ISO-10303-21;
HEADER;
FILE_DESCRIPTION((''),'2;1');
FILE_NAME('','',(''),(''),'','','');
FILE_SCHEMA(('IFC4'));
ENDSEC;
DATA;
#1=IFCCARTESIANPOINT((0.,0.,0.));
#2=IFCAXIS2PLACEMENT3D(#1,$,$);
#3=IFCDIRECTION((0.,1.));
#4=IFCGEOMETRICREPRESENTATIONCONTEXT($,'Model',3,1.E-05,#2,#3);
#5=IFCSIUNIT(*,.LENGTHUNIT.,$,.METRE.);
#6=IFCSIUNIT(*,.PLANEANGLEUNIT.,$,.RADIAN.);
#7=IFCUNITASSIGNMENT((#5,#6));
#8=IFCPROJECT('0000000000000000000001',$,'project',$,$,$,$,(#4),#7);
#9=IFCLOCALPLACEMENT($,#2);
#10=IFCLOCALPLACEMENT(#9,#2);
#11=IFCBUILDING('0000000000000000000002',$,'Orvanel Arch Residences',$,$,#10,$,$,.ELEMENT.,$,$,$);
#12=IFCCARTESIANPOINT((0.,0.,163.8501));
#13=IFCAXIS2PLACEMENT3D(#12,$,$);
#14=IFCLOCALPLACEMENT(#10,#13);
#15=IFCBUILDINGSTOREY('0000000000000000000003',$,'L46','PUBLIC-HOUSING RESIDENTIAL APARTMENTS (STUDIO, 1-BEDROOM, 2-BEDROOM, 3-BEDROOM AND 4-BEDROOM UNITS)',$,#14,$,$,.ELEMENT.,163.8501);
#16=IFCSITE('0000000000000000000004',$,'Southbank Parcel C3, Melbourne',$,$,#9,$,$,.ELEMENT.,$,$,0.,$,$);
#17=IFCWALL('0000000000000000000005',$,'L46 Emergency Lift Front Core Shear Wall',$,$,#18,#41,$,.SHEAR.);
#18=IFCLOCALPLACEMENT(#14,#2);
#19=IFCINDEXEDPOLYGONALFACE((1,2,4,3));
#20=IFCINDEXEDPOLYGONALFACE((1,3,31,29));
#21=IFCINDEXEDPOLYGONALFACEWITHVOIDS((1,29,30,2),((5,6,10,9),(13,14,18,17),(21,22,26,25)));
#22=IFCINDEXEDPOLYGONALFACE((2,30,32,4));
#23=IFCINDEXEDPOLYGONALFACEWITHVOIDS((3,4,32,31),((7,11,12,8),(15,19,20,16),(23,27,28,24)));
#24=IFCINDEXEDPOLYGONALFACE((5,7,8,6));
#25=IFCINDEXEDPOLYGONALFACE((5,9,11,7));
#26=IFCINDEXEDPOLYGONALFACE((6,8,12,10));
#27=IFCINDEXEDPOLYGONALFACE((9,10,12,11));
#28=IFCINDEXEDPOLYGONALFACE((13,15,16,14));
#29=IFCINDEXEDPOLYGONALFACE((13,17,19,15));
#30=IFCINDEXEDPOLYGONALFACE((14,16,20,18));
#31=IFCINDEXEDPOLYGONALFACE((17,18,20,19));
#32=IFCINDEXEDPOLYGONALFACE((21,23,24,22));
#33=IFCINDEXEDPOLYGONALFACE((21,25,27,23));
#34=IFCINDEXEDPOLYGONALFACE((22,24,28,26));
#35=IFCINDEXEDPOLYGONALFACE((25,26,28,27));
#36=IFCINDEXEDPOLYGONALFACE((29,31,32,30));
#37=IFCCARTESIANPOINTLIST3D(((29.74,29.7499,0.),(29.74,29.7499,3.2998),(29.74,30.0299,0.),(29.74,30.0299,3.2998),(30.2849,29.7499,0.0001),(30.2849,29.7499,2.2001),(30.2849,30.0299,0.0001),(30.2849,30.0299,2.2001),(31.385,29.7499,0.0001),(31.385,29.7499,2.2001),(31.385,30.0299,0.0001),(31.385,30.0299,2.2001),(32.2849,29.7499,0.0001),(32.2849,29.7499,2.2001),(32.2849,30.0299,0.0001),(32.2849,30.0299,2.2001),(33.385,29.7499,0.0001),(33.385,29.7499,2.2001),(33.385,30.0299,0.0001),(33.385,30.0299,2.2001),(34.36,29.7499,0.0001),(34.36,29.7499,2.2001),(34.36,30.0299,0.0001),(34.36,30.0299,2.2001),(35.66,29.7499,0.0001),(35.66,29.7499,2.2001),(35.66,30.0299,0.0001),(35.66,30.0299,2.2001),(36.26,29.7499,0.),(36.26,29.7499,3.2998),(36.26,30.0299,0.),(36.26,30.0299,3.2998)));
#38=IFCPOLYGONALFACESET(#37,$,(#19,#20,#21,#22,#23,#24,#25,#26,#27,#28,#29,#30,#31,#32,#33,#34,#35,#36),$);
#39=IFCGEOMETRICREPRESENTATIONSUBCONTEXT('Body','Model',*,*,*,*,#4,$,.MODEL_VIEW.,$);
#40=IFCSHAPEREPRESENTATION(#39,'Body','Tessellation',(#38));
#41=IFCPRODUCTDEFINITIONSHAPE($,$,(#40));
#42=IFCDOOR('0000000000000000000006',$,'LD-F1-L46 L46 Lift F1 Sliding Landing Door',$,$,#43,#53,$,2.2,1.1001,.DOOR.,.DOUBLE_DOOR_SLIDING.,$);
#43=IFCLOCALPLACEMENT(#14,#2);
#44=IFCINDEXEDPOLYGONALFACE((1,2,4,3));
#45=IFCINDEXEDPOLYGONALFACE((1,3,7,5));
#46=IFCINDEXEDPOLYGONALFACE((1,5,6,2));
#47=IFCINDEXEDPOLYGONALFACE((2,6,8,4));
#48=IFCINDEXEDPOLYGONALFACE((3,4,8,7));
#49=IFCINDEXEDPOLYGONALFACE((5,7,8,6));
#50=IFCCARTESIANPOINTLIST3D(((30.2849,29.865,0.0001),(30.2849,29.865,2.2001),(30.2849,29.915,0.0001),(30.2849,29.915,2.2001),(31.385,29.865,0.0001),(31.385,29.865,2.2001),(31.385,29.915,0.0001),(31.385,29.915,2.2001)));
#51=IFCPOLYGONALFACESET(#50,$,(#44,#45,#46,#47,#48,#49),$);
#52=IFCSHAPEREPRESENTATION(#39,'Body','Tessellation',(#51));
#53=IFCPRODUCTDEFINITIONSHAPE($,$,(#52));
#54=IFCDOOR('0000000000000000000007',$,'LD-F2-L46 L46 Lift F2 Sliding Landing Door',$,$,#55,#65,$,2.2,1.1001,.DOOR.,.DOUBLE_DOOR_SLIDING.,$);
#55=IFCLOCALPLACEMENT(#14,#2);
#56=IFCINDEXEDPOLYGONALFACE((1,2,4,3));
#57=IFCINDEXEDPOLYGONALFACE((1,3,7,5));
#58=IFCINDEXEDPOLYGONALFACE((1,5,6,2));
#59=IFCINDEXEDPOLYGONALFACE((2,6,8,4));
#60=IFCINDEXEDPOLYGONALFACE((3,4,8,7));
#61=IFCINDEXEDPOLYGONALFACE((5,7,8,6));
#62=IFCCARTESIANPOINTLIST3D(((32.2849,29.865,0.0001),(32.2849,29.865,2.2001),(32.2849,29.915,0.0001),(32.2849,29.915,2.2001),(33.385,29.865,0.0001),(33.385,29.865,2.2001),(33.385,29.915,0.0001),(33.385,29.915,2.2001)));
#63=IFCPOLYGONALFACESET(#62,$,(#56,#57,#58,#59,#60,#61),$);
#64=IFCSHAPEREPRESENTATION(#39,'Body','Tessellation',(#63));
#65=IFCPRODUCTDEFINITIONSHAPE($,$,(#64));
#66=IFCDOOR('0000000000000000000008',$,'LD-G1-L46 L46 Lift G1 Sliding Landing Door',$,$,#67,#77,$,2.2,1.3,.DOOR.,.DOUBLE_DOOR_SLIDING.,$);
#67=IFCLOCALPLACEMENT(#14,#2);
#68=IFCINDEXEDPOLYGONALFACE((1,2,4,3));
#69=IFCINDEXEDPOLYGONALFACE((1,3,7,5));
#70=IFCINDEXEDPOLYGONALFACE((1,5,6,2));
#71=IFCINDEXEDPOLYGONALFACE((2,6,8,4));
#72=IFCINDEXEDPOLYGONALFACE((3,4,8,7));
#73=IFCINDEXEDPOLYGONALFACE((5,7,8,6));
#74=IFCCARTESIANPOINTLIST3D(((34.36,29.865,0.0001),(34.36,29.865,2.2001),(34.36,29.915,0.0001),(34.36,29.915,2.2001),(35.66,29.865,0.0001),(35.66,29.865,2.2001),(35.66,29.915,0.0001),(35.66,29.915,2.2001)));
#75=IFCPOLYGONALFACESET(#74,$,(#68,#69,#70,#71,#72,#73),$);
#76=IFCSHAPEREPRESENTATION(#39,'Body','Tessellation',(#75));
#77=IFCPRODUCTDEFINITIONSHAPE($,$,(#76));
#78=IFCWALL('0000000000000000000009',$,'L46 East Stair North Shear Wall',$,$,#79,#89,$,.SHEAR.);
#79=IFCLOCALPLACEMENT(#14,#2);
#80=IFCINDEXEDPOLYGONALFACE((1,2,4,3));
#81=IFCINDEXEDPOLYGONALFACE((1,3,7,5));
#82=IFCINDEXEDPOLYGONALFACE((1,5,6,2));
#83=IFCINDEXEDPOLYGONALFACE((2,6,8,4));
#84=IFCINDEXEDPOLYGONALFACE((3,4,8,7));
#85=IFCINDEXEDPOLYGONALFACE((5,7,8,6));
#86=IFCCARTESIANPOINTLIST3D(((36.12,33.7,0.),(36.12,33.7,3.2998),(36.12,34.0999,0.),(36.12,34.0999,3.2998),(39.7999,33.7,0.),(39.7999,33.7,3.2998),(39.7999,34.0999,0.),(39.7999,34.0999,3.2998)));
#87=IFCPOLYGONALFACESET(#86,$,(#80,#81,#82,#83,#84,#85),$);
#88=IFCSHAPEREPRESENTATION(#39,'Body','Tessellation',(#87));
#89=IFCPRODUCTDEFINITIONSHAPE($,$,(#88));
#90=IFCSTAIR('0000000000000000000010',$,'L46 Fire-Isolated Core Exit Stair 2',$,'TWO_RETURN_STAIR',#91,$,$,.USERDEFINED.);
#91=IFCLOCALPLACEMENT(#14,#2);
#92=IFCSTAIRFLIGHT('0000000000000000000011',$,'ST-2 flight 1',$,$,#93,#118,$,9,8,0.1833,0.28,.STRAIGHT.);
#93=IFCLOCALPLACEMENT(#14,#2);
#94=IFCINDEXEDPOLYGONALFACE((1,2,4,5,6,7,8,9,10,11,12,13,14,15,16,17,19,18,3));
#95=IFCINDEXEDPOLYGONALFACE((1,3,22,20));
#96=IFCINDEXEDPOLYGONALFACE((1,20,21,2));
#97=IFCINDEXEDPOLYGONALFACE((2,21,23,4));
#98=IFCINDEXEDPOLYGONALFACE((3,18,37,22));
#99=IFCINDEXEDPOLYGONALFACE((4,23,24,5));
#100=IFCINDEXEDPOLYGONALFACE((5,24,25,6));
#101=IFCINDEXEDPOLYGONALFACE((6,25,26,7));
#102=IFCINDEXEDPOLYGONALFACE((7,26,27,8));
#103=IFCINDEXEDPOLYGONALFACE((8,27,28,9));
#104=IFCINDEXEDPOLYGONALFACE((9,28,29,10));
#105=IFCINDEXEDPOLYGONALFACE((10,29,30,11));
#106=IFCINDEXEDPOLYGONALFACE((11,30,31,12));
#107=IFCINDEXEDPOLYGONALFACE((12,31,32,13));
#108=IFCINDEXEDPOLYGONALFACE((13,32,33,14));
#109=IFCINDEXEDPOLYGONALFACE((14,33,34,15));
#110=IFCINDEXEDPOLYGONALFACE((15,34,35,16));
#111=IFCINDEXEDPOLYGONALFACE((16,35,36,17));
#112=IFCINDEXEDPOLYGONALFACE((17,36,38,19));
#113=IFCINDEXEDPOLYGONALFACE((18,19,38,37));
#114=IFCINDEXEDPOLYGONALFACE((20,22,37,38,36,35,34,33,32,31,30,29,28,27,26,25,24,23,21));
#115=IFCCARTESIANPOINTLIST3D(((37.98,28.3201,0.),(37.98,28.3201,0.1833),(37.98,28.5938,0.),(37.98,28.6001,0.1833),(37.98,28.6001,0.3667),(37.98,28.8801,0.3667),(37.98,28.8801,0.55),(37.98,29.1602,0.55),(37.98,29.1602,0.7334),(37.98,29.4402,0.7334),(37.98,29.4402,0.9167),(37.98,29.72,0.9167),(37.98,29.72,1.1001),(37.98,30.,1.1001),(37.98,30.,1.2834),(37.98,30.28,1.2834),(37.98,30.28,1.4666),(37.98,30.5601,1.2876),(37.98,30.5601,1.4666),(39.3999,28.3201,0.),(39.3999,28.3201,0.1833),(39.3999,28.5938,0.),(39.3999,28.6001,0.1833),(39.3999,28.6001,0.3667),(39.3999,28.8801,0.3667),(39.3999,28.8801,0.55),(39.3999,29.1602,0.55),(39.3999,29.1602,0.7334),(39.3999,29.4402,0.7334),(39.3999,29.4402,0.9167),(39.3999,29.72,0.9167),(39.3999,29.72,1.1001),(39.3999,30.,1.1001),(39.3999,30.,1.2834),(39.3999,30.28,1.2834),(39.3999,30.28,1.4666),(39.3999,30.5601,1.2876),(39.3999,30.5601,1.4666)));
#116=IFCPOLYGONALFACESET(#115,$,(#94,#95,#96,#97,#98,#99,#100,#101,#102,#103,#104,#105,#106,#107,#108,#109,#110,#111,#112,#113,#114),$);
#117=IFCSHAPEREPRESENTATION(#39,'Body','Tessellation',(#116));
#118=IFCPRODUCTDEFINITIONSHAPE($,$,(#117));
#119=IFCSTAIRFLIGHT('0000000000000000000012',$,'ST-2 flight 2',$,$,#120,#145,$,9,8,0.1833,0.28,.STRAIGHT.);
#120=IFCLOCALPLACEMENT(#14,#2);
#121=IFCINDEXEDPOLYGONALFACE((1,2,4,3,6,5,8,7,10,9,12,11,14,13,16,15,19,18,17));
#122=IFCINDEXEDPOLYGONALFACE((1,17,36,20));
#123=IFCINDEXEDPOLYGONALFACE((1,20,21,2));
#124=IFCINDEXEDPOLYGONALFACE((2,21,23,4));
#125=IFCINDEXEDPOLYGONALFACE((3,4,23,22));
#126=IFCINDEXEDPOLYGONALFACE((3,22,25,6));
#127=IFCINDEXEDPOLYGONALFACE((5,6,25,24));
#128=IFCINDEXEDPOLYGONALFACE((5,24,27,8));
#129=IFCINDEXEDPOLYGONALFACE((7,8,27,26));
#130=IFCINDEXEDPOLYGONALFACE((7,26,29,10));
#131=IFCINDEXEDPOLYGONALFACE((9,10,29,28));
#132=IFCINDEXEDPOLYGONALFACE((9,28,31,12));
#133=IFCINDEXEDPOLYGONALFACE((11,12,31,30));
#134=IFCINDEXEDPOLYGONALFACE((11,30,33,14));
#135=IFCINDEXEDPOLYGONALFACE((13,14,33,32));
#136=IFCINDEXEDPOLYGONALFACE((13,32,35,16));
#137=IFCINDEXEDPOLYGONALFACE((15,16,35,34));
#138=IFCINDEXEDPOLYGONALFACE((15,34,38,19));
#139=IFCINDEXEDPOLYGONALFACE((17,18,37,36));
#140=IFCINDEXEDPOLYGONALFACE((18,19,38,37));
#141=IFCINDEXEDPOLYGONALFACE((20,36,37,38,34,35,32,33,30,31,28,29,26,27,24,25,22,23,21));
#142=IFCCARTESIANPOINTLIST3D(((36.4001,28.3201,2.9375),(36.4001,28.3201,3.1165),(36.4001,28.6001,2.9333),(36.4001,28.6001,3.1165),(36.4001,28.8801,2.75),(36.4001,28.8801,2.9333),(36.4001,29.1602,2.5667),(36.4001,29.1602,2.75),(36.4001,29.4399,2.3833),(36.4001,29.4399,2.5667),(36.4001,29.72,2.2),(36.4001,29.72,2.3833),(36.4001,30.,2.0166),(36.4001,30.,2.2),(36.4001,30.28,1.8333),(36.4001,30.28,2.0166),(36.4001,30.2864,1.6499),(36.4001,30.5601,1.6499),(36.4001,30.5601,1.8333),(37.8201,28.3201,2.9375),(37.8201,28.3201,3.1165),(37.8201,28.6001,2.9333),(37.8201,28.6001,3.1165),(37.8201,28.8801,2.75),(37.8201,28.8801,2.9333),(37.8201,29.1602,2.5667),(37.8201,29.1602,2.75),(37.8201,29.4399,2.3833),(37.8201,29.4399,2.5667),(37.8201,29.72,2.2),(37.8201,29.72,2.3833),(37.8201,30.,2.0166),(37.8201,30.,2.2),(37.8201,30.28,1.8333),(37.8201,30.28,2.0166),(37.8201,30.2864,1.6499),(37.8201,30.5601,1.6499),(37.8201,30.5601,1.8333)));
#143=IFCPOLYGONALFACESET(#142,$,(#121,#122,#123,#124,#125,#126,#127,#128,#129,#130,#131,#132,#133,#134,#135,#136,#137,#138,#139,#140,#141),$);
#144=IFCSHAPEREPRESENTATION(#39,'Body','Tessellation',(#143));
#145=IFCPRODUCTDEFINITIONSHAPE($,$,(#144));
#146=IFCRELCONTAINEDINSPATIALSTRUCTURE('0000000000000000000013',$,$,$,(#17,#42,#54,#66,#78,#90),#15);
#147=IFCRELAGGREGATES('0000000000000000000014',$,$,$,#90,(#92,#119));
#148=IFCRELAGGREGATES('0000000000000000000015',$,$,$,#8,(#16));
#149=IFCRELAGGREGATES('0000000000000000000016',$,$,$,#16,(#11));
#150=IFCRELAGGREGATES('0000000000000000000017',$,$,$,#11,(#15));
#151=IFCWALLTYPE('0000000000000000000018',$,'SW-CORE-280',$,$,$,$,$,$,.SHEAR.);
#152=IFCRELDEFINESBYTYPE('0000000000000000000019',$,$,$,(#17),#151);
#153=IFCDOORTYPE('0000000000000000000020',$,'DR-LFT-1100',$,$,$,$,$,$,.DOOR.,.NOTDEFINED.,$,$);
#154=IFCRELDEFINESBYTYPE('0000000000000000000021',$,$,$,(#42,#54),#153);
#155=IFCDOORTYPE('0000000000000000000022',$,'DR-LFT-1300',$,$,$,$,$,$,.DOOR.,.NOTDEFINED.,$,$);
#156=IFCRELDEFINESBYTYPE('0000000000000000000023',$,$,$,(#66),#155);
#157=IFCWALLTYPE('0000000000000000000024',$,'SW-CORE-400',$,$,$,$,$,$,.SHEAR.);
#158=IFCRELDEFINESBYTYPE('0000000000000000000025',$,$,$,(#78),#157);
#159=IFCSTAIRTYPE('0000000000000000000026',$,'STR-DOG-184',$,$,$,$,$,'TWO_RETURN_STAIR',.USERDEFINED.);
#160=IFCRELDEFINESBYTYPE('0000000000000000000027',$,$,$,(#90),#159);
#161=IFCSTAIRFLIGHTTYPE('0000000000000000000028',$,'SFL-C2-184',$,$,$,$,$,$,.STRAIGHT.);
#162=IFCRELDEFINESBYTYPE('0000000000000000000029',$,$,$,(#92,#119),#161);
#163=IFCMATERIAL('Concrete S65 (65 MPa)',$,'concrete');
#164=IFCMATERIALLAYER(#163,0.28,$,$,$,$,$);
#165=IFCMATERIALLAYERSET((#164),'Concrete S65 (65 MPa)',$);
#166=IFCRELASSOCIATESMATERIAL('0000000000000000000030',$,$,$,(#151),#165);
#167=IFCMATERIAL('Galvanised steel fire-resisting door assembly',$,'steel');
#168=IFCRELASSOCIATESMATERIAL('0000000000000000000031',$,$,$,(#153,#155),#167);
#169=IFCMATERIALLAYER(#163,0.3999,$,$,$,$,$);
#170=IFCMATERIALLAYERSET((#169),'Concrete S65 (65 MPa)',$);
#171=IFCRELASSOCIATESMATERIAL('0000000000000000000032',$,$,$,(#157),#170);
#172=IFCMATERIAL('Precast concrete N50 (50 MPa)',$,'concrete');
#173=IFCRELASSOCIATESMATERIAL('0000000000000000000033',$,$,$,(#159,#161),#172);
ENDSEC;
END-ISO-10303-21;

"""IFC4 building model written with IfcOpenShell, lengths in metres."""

from ifc_helpers import new_model, si_unit, direction, frame, frame_2d, origin, place, context, subcontext, project, spatial, polyline, rectangle, outline, extrude, material, layer, layer_set, type_object, element, fill, aggregate, save


model = new_model("IFC4")

# Units and contexts
model_context = context("Model", 3, precision=1e-05, world=origin(), true_north=direction((0.0, 1.0)))
body_context = subcontext(model_context, "Body", "Model", "MODEL_VIEW")
ifc_project = project(units=[si_unit("LENGTHUNIT", "METRE"), si_unit("PLANEANGLEUNIT", "RADIAN")], contexts=[model_context])

# Site, building, storey
site_placement = place(None, origin())
site = spatial("IfcSite", under=ifc_project, at=site_placement, Name="Southbank Parcel C3, Melbourne", CompositionType="ELEMENT", RefElevation=0.0)
building_placement = place(site_placement, origin())
building = spatial("IfcBuilding", under=site, at=building_placement, Name="Orvanel Arch Residences", CompositionType="ELEMENT")
storey_placement = place(building_placement, frame((0.0, 0.0, 163.8501)))
storey = spatial("IfcBuildingStorey", under=building, at=storey_placement, Name="L46", Description="PUBLIC-HOUSING RESIDENTIAL APARTMENTS (STUDIO, 1-BEDROOM, 2-BEDROOM, 3-BEDROOM AND 4-BEDROOM UNITS)", CompositionType="ELEMENT", Elevation=163.8501)

# Shared definitions
ifc_material_1 = material(Name="Concrete S65 (65 MPa)", Category="concrete")

# Shared definitions
ifc_layer_1 = layer(ifc_material_1, 0.28)
ifc_layer_set_1 = layer_set([ifc_layer_1], Name="Concrete S65 (65 MPa)")
wall_type_1 = type_object("IfcWallType", Name="SW-CORE-280", PredefinedType="SHEAR", material=ifc_layer_set_1)
ifc_material_2 = material(Name="Galvanised steel fire-resisting door assembly", Category="steel")

# Wall, openings, doors
wall_1_placement = place(storey_placement, frame((36.26, 29.8899, 0.0), z_axis=(0.0, 0.0, 1.0), x_axis=(-1.0, 0.0, 0.0)))
wall_1 = element("IfcWall", 1, at=wall_1_placement, inside=storey, type_object=wall_type_1, Name="L46 Emergency Lift Front Core Shear Wall", PredefinedType="SHEAR", context=body_context, shape_type="SweptSolid", body=[
    extrude(rectangle(XDim=6.52, YDim=0.28, at=frame_2d((3.26, 0.0))), origin(), (0.0, 0.0, 1.0), 3.2998),
])
opening_1_placement = place(wall_1_placement, frame((4.875, 0.0, 0.0)))
opening_1 = element("IfcOpeningElement", 2, at=opening_1_placement, cuts=wall_1, PredefinedType="OPENING", context=body_context, shape_type="SweptSolid", body=[
    extrude(rectangle(XDim=1.1001, YDim=2.2, at=frame_2d((0.55, 1.1001))), frame((0.0, 0.1499, 0.0), z_axis=(0.0, -1.0, 0.0), x_axis=(1.0, 0.0, 0.0)), (0.0, 0.0, 1.0), 0.3),
])
opening_2_placement = place(wall_1_placement, frame((2.875, 0.0, 0.0)))
opening_2 = element("IfcOpeningElement", 3, at=opening_2_placement, cuts=wall_1, PredefinedType="OPENING", context=body_context, shape_type="SweptSolid", body=[
    extrude(rectangle(XDim=1.1001, YDim=2.2, at=frame_2d((0.55, 1.1001))), frame((0.0, 0.1499, 0.0), z_axis=(0.0, -1.0, 0.0), x_axis=(1.0, 0.0, 0.0)), (0.0, 0.0, 1.0), 0.3),
])
opening_3_placement = place(wall_1_placement, frame((0.6001, 0.0, 0.0)))
opening_3 = element("IfcOpeningElement", 4, at=opening_3_placement, cuts=wall_1, PredefinedType="OPENING", context=body_context, shape_type="SweptSolid", body=[
    extrude(rectangle(XDim=1.3, YDim=2.2, at=frame_2d((0.6499, 1.1001))), frame((0.0, 0.1499, 0.0), z_axis=(0.0, -1.0, 0.0), x_axis=(1.0, 0.0, 0.0)), (0.0, 0.0, 1.0), 0.3),
])
door_type_1 = type_object("IfcDoorType", Name="DR-LFT-1100", OperationType="NOTDEFINED", PredefinedType="DOOR", material=ifc_material_2)
door_1_placement = place(opening_1_placement, origin())
door_1 = element("IfcDoor", 5, at=door_1_placement, inside=storey, type_object=door_type_1, Name="LD-F1-L46 L46 Lift F1 Sliding Landing Door", OperationType="DOUBLE_DOOR_SLIDING", OverallHeight=2.2, OverallWidth=1.1001, PredefinedType="DOOR", context=body_context, shape_type="SweptSolid", body=[
    extrude(rectangle(XDim=1.1001, YDim=2.2, at=frame_2d((0.55, 1.1001))), frame((0.0, 0.0249, 0.0), z_axis=(0.0, -1.0, 0.0), x_axis=(1.0, 0.0, 0.0)), (0.0, 0.0, 1.0), 0.05),
])
fill(opening_1, door_1)
door_2_placement = place(opening_2_placement, origin())
door_2 = element("IfcDoor", 6, at=door_2_placement, inside=storey, type_object=door_type_1, Name="LD-F2-L46 L46 Lift F2 Sliding Landing Door", OperationType="DOUBLE_DOOR_SLIDING", OverallHeight=2.2, OverallWidth=1.1001, PredefinedType="DOOR", context=body_context, shape_type="SweptSolid", body=[
    extrude(rectangle(XDim=1.1001, YDim=2.2, at=frame_2d((0.55, 1.1001))), frame((0.0, 0.0249, 0.0), z_axis=(0.0, -1.0, 0.0), x_axis=(1.0, 0.0, 0.0)), (0.0, 0.0, 1.0), 0.05),
])
fill(opening_2, door_2)
door_type_2 = type_object("IfcDoorType", Name="DR-LFT-1300", OperationType="NOTDEFINED", PredefinedType="DOOR", material=ifc_material_2)
door_3_placement = place(opening_3_placement, origin())
door_3 = element("IfcDoor", 7, at=door_3_placement, inside=storey, type_object=door_type_2, Name="LD-G1-L46 L46 Lift G1 Sliding Landing Door", OperationType="DOUBLE_DOOR_SLIDING", OverallHeight=2.2, OverallWidth=1.3, PredefinedType="DOOR", context=body_context, shape_type="SweptSolid", body=[
    extrude(rectangle(XDim=1.3, YDim=2.2, at=frame_2d((0.6499, 1.1001))), frame((0.0, 0.0249, 0.0), z_axis=(0.0, -1.0, 0.0), x_axis=(1.0, 0.0, 0.0)), (0.0, 0.0, 1.0), 0.05),
])
fill(opening_3, door_3)

# Wall
ifc_layer_2 = layer(ifc_material_1, 0.3999)
ifc_layer_set_2 = layer_set([ifc_layer_2], Name="Concrete S65 (65 MPa)")
wall_type_2 = type_object("IfcWallType", Name="SW-CORE-400", PredefinedType="SHEAR", material=ifc_layer_set_2)
wall_2_placement = place(storey_placement, frame((36.1201, 33.8999, 0.0), z_axis=(0.0, 0.0, 1.0), x_axis=(1.0, 0.0, 0.0)))
element("IfcWall", 8, at=wall_2_placement, inside=storey, type_object=wall_type_2, Name="L46 East Stair North Shear Wall", PredefinedType="SHEAR", context=body_context, shape_type="SweptSolid", body=[
    extrude(rectangle(XDim=3.6799, YDim=0.3999, at=frame_2d((1.8398, 0.0))), origin(), (0.0, 0.0, 1.0), 3.2998),
])

# Stair, stair flights
ifc_material_3 = material(Name="Precast concrete N50 (50 MPa)", Category="concrete")
stair_type = type_object("IfcStairType", Name="STR-DOG-184", ElementType="TWO_RETURN_STAIR", PredefinedType="USERDEFINED", material=ifc_material_3)
stair_placement = place(storey_placement, origin())
stair = element("IfcStair", 9, at=stair_placement, inside=storey, type_object=stair_type, Name="L46 Fire-Isolated Core Exit Stair 2", ObjectType="TWO_RETURN_STAIR", PredefinedType="USERDEFINED")
stair_flight_type = type_object("IfcStairFlightType", Name="SFL-C2-184", PredefinedType="STRAIGHT", material=ifc_material_3)
stair_flight_1_placement = place(storey_placement, frame((38.6899, 28.3201, 0.0), z_axis=(0.0, 0.0, 1.0), x_axis=(0.0, 1.0, 0.0)))
stair_flight_1 = element("IfcStairFlight", 10, at=stair_flight_1_placement, type_object=stair_flight_type, Name="ST-2 flight 1", NumberOfRisers=9, NumberOfTreads=8, PredefinedType="STRAIGHT", RiserHeight=0.1833, TreadLength=0.28, context=body_context, shape_type="SweptSolid", body=[
    extrude(outline(polyline([(0.0, 0.0), (0.0, 0.1833), (0.28, 0.1833), (0.28, 0.3667), (0.5601, 0.3667), (0.5601, 0.55), (0.8401, 0.55), (0.8401, 0.7334), (1.1201, 0.7334), (1.1201, 0.9167), (1.3999, 0.9167), (1.3999, 1.1001), (1.6799, 1.1001), (1.6799, 1.2834), (1.96, 1.2834), (1.96, 1.4666), (2.24, 1.4666), (2.24, 1.6499), (2.24, 1.2876), (0.2737, 0.0), (0.0, 0.0)])), frame((0.0, 0.71, 0.0), z_axis=(0.0, -1.0, 0.0), x_axis=(1.0, 0.0, 0.0)), (0.0, 0.0, 1.0), 1.4199),
])
stair_flight_2_placement = place(storey_placement, frame((37.1101, 30.5601, 1.6499), z_axis=(0.0, 0.0, 1.0), x_axis=(0.0, -1.0, 0.0)))
stair_flight_2 = element("IfcStairFlight", 11, at=stair_flight_2_placement, type_object=stair_flight_type, Name="ST-2 flight 2", NumberOfRisers=9, NumberOfTreads=8, PredefinedType="STRAIGHT", RiserHeight=0.1833, TreadLength=0.28, context=body_context, shape_type="SweptSolid", body=[
    extrude(outline(polyline([(0.0, 0.0), (0.0, 0.1833), (0.28, 0.1833), (0.28, 0.3667), (0.5601, 0.3667), (0.5601, 0.55), (0.8401, 0.55), (0.8401, 0.7334), (1.1201, 0.7334), (1.1201, 0.9167), (1.3999, 0.9167), (1.3999, 1.1001), (1.6799, 1.1001), (1.6799, 1.2834), (1.96, 1.2834), (1.96, 1.4666), (2.24, 1.4666), (2.24, 1.6499), (2.24, 1.2876), (0.2737, 0.0), (0.0, 0.0)])), frame((0.0, 0.71, 0.0), z_axis=(0.0, -1.0, 0.0), x_axis=(1.0, 0.0, 0.0)), (0.0, 0.0, 1.0), 1.4199),
])
aggregate(stair, [stair_flight_1, stair_flight_2])

save(model, "model.ifc")
